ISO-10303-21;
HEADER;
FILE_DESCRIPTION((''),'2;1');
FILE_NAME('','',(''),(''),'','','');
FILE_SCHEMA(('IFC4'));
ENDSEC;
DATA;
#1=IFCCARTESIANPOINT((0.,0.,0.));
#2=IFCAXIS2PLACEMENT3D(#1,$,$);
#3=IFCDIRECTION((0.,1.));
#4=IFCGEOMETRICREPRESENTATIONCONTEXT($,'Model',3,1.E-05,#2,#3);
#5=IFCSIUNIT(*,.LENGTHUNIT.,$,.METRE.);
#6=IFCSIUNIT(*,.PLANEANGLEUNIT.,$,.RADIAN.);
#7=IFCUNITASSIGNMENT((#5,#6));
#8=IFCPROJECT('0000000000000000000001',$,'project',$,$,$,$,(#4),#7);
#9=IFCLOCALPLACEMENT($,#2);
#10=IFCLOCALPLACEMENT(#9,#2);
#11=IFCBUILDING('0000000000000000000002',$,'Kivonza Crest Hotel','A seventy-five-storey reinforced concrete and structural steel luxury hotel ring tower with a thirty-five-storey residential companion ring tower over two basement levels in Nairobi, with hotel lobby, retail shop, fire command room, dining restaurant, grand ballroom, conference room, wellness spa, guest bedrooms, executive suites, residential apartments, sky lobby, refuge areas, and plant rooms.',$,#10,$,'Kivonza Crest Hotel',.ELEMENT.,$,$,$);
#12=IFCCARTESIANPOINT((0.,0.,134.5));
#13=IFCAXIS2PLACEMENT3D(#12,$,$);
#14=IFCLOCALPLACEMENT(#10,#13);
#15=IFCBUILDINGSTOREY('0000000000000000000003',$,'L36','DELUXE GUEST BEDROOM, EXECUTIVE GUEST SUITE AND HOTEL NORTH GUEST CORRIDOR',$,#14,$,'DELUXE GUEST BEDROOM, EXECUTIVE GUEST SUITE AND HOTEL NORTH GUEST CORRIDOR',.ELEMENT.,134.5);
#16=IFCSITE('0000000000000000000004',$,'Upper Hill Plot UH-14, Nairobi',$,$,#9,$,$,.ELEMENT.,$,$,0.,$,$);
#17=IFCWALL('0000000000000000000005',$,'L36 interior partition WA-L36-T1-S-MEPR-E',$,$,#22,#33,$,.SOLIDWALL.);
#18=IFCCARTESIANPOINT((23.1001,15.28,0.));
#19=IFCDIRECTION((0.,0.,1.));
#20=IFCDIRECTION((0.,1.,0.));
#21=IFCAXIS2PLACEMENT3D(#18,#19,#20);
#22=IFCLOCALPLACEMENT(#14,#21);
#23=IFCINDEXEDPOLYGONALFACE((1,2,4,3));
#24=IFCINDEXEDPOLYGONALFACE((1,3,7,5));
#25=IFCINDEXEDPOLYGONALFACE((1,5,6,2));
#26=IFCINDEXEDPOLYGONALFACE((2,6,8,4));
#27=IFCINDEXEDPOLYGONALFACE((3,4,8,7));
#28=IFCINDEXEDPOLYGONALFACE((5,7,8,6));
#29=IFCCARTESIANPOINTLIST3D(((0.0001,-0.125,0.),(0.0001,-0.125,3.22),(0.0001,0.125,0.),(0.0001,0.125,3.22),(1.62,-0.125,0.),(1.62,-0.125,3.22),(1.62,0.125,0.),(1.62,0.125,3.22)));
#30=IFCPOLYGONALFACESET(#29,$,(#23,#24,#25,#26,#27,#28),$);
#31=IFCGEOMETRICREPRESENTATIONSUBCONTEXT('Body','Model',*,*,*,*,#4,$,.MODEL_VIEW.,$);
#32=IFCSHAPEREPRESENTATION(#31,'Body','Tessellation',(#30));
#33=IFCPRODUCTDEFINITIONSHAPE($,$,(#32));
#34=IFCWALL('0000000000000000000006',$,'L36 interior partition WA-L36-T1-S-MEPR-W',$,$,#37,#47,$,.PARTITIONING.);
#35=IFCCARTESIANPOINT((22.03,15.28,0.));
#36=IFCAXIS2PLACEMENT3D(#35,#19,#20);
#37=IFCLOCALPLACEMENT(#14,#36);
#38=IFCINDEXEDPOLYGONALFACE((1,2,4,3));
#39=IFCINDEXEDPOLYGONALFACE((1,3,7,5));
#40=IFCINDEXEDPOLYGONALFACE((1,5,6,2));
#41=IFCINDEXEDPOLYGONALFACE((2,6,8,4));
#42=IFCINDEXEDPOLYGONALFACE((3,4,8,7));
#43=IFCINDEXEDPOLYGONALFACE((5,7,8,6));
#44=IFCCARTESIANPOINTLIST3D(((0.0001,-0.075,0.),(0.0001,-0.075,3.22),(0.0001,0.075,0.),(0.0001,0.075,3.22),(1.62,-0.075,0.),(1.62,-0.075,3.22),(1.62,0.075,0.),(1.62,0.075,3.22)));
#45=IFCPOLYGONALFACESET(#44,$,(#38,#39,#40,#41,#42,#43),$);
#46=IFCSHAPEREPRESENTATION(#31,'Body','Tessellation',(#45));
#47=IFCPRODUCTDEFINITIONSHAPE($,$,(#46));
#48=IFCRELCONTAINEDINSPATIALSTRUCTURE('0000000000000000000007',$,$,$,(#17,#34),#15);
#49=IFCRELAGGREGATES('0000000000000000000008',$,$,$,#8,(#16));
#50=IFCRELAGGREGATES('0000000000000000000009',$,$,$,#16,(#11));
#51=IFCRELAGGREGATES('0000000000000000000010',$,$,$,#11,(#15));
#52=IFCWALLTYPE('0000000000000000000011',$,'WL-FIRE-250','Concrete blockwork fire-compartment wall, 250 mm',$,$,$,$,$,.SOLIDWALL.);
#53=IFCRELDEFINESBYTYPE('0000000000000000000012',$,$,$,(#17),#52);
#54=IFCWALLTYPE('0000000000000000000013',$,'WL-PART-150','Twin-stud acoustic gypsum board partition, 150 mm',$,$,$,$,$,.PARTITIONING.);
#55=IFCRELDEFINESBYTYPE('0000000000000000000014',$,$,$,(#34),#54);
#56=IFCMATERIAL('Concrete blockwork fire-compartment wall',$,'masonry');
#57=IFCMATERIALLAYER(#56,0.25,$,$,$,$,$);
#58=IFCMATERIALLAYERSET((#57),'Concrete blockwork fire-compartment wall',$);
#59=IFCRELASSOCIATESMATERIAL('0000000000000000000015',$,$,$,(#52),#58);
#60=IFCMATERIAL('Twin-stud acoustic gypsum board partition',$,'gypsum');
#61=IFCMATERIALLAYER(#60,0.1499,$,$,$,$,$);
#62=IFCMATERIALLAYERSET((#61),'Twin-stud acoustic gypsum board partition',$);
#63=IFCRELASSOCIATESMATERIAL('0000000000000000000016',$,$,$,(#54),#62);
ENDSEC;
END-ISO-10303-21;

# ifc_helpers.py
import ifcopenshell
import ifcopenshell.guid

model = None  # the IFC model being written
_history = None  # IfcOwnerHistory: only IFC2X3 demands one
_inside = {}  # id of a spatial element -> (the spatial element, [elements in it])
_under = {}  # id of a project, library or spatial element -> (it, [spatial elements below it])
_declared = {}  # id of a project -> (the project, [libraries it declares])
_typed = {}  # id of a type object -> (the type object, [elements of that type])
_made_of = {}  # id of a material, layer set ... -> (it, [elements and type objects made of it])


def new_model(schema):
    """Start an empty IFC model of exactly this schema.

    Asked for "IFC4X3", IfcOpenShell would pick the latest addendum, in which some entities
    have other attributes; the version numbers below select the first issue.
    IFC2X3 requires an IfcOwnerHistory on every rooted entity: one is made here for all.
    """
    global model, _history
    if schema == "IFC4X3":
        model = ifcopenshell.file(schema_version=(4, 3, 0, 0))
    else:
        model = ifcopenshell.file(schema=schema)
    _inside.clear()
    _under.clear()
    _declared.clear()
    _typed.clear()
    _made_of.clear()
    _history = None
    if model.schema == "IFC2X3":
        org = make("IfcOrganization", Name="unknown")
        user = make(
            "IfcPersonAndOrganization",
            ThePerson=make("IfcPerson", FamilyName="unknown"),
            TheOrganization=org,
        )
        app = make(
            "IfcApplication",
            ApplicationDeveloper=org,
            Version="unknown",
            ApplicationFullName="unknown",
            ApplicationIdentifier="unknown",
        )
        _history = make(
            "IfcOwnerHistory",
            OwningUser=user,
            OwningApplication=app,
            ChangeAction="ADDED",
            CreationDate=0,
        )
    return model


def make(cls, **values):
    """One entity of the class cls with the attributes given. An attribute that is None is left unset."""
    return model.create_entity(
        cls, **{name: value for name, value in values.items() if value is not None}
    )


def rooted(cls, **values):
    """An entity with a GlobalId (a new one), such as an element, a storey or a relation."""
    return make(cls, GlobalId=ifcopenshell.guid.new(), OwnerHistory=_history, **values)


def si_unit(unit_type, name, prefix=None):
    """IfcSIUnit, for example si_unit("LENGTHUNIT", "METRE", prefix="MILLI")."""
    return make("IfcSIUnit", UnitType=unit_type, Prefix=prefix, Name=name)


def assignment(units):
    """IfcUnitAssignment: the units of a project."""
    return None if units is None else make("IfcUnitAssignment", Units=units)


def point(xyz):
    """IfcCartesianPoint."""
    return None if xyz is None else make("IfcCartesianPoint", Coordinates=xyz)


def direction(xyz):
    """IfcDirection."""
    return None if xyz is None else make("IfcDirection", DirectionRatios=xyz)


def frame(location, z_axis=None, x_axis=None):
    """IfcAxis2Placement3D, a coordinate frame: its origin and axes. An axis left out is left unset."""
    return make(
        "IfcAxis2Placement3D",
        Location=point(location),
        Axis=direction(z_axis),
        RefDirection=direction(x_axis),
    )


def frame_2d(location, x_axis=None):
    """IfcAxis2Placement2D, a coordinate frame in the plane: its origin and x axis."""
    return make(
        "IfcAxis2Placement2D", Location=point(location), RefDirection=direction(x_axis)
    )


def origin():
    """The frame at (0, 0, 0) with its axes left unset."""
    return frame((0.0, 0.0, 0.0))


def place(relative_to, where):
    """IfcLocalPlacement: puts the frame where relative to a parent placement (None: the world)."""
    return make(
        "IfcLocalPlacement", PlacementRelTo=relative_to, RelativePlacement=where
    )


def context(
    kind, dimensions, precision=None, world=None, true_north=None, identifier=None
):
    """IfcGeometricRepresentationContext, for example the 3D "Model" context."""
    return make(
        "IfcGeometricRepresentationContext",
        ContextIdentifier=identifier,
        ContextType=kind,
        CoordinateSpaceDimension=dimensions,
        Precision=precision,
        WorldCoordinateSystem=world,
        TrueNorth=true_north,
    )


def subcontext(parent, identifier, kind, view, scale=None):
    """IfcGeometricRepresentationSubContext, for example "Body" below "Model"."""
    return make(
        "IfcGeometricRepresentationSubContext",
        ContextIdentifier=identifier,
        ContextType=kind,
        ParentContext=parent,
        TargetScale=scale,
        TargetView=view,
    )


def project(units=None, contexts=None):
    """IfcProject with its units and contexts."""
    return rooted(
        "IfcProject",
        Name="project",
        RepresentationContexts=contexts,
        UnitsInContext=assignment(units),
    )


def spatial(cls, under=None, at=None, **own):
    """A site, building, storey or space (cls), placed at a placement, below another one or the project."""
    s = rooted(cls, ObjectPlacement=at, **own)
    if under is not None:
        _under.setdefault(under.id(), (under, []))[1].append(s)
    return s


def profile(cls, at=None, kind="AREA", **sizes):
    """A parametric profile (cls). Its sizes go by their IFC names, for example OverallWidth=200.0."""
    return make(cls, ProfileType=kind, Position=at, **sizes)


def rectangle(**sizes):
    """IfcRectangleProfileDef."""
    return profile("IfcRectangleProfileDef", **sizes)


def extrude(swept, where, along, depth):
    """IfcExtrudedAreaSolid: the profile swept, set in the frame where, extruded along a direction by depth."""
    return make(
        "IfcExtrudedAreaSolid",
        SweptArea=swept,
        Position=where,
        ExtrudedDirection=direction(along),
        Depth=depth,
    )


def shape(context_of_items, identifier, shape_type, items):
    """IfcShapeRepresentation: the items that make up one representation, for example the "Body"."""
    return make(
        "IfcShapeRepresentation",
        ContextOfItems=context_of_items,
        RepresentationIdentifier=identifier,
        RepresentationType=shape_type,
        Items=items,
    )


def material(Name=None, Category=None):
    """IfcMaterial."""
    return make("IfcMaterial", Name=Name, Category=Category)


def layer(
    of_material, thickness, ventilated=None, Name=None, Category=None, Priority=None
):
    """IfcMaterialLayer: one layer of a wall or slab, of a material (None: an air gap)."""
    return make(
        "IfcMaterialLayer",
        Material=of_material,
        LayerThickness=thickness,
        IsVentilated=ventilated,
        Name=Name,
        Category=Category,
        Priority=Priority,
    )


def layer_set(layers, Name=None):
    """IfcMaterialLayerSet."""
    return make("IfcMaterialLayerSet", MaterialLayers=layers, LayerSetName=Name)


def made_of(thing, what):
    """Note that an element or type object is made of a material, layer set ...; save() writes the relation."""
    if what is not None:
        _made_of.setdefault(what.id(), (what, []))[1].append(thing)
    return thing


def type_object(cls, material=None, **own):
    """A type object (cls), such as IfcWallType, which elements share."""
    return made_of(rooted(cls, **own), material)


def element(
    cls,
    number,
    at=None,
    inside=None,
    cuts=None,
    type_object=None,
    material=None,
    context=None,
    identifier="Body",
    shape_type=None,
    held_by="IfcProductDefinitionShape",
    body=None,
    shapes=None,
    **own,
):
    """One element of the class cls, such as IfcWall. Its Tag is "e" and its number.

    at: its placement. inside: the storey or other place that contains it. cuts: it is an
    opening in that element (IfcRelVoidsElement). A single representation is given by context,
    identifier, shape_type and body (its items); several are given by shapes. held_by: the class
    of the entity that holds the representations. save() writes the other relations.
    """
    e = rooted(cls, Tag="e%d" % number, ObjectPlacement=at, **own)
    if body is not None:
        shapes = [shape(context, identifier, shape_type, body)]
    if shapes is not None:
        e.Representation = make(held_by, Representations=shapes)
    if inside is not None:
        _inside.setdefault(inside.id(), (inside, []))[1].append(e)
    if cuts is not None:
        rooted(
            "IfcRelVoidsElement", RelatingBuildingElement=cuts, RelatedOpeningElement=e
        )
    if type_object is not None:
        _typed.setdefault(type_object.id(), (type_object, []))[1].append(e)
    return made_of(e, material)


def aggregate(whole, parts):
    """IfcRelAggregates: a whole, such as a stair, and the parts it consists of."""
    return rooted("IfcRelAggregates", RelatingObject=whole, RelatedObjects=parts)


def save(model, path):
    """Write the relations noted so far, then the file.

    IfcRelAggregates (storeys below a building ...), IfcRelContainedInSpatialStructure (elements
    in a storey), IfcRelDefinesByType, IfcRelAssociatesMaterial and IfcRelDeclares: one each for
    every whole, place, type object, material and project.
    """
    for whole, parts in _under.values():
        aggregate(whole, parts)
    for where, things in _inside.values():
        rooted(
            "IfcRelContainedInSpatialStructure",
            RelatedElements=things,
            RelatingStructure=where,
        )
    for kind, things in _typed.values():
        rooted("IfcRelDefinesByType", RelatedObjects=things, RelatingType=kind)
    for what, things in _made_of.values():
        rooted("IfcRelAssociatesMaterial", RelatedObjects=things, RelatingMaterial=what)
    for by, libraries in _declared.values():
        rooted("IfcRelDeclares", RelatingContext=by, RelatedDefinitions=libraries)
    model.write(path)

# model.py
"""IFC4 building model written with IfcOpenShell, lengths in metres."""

from ifc_helpers import new_model, si_unit, direction, frame, frame_2d, origin, place, context, subcontext, project, spatial, rectangle, extrude, material, layer, layer_set, type_object, element, save


model = new_model("IFC4")

# Units and contexts
model_context = context("Model", 3, precision=1e-05, world=origin(), true_north=direction((0.0, 1.0)))
body_context = subcontext(model_context, "Body", "Model", "MODEL_VIEW")
ifc_project = project(units=[si_unit("LENGTHUNIT", "METRE"), si_unit("PLANEANGLEUNIT", "RADIAN")], contexts=[model_context])

# Site, building, storey
site_placement = place(None, origin())
site = spatial("IfcSite", under=ifc_project, at=site_placement, Name="Upper Hill Plot UH-14, Nairobi", CompositionType="ELEMENT", RefElevation=0.0)
building_placement = place(site_placement, origin())
building = spatial("IfcBuilding", under=site, at=building_placement, Name="Kivonza Crest Hotel", Description="A seventy-five-storey reinforced concrete and structural steel luxury hotel ring tower with a thirty-five-storey residential companion ring tower over two basement levels in Nairobi, with hotel lobby, retail shop, fire command room, dining restaurant, grand ballroom, conference room, wellness spa, guest bedrooms, executive suites, residential apartments, sky lobby, refuge areas, and plant rooms.", LongName="Kivonza Crest Hotel", CompositionType="ELEMENT")
storey_placement = place(building_placement, frame((0.0, 0.0, 134.5)))
storey = spatial("IfcBuildingStorey", under=building, at=storey_placement, Name="L36", Description="DELUXE GUEST BEDROOM, EXECUTIVE GUEST SUITE AND HOTEL NORTH GUEST CORRIDOR", LongName="DELUXE GUEST BEDROOM, EXECUTIVE GUEST SUITE AND HOTEL NORTH GUEST CORRIDOR", CompositionType="ELEMENT", Elevation=134.5)

# Wall
ifc_material_1 = material(Name="Concrete blockwork fire-compartment wall", Category="masonry")
ifc_layer_1 = layer(ifc_material_1, 0.25)
ifc_layer_set_1 = layer_set([ifc_layer_1], Name="Concrete blockwork fire-compartment wall")
wall_type_1 = type_object("IfcWallType", Name="WL-FIRE-250", Description="Concrete blockwork fire-compartment wall, 250 mm", PredefinedType="SOLIDWALL", material=ifc_layer_set_1)
wall_1_placement = place(storey_placement, frame((23.1001, 15.28, 0.0), z_axis=(0.0, 0.0, 1.0), x_axis=(0.0, 1.0, 0.0)))
element("IfcWall", 1, at=wall_1_placement, inside=storey, type_object=wall_type_1, Name="L36 interior partition WA-L36-T1-S-MEPR-E", PredefinedType="SOLIDWALL", context=body_context, shape_type="SweptSolid", body=[
    extrude(rectangle(XDim=1.6199, YDim=0.25, at=frame_2d((0.8101, 0.0))), origin(), (0.0, 0.0, 1.0), 3.22),
])

# Wall
ifc_material_2 = material(Name="Twin-stud acoustic gypsum board partition", Category="gypsum")
ifc_layer_2 = layer(ifc_material_2, 0.1499)
ifc_layer_set_2 = layer_set([ifc_layer_2], Name="Twin-stud acoustic gypsum board partition")
wall_type_2 = type_object("IfcWallType", Name="WL-PART-150", Description="Twin-stud acoustic gypsum board partition, 150 mm", PredefinedType="PARTITIONING", material=ifc_layer_set_2)
wall_2_placement = place(storey_placement, frame((22.03, 15.28, 0.0), z_axis=(0.0, 0.0, 1.0), x_axis=(0.0, 1.0, 0.0)))
element("IfcWall", 2, at=wall_2_placement, inside=storey, type_object=wall_type_2, Name="L36 interior partition WA-L36-T1-S-MEPR-W", PredefinedType="PARTITIONING", context=body_context, shape_type="SweptSolid", body=[
    extrude(rectangle(XDim=1.6199, YDim=0.1499, at=frame_2d((0.8101, 0.0))), origin(), (0.0, 0.0, 1.0), 3.22),
])

save(model, "model.ifc")
